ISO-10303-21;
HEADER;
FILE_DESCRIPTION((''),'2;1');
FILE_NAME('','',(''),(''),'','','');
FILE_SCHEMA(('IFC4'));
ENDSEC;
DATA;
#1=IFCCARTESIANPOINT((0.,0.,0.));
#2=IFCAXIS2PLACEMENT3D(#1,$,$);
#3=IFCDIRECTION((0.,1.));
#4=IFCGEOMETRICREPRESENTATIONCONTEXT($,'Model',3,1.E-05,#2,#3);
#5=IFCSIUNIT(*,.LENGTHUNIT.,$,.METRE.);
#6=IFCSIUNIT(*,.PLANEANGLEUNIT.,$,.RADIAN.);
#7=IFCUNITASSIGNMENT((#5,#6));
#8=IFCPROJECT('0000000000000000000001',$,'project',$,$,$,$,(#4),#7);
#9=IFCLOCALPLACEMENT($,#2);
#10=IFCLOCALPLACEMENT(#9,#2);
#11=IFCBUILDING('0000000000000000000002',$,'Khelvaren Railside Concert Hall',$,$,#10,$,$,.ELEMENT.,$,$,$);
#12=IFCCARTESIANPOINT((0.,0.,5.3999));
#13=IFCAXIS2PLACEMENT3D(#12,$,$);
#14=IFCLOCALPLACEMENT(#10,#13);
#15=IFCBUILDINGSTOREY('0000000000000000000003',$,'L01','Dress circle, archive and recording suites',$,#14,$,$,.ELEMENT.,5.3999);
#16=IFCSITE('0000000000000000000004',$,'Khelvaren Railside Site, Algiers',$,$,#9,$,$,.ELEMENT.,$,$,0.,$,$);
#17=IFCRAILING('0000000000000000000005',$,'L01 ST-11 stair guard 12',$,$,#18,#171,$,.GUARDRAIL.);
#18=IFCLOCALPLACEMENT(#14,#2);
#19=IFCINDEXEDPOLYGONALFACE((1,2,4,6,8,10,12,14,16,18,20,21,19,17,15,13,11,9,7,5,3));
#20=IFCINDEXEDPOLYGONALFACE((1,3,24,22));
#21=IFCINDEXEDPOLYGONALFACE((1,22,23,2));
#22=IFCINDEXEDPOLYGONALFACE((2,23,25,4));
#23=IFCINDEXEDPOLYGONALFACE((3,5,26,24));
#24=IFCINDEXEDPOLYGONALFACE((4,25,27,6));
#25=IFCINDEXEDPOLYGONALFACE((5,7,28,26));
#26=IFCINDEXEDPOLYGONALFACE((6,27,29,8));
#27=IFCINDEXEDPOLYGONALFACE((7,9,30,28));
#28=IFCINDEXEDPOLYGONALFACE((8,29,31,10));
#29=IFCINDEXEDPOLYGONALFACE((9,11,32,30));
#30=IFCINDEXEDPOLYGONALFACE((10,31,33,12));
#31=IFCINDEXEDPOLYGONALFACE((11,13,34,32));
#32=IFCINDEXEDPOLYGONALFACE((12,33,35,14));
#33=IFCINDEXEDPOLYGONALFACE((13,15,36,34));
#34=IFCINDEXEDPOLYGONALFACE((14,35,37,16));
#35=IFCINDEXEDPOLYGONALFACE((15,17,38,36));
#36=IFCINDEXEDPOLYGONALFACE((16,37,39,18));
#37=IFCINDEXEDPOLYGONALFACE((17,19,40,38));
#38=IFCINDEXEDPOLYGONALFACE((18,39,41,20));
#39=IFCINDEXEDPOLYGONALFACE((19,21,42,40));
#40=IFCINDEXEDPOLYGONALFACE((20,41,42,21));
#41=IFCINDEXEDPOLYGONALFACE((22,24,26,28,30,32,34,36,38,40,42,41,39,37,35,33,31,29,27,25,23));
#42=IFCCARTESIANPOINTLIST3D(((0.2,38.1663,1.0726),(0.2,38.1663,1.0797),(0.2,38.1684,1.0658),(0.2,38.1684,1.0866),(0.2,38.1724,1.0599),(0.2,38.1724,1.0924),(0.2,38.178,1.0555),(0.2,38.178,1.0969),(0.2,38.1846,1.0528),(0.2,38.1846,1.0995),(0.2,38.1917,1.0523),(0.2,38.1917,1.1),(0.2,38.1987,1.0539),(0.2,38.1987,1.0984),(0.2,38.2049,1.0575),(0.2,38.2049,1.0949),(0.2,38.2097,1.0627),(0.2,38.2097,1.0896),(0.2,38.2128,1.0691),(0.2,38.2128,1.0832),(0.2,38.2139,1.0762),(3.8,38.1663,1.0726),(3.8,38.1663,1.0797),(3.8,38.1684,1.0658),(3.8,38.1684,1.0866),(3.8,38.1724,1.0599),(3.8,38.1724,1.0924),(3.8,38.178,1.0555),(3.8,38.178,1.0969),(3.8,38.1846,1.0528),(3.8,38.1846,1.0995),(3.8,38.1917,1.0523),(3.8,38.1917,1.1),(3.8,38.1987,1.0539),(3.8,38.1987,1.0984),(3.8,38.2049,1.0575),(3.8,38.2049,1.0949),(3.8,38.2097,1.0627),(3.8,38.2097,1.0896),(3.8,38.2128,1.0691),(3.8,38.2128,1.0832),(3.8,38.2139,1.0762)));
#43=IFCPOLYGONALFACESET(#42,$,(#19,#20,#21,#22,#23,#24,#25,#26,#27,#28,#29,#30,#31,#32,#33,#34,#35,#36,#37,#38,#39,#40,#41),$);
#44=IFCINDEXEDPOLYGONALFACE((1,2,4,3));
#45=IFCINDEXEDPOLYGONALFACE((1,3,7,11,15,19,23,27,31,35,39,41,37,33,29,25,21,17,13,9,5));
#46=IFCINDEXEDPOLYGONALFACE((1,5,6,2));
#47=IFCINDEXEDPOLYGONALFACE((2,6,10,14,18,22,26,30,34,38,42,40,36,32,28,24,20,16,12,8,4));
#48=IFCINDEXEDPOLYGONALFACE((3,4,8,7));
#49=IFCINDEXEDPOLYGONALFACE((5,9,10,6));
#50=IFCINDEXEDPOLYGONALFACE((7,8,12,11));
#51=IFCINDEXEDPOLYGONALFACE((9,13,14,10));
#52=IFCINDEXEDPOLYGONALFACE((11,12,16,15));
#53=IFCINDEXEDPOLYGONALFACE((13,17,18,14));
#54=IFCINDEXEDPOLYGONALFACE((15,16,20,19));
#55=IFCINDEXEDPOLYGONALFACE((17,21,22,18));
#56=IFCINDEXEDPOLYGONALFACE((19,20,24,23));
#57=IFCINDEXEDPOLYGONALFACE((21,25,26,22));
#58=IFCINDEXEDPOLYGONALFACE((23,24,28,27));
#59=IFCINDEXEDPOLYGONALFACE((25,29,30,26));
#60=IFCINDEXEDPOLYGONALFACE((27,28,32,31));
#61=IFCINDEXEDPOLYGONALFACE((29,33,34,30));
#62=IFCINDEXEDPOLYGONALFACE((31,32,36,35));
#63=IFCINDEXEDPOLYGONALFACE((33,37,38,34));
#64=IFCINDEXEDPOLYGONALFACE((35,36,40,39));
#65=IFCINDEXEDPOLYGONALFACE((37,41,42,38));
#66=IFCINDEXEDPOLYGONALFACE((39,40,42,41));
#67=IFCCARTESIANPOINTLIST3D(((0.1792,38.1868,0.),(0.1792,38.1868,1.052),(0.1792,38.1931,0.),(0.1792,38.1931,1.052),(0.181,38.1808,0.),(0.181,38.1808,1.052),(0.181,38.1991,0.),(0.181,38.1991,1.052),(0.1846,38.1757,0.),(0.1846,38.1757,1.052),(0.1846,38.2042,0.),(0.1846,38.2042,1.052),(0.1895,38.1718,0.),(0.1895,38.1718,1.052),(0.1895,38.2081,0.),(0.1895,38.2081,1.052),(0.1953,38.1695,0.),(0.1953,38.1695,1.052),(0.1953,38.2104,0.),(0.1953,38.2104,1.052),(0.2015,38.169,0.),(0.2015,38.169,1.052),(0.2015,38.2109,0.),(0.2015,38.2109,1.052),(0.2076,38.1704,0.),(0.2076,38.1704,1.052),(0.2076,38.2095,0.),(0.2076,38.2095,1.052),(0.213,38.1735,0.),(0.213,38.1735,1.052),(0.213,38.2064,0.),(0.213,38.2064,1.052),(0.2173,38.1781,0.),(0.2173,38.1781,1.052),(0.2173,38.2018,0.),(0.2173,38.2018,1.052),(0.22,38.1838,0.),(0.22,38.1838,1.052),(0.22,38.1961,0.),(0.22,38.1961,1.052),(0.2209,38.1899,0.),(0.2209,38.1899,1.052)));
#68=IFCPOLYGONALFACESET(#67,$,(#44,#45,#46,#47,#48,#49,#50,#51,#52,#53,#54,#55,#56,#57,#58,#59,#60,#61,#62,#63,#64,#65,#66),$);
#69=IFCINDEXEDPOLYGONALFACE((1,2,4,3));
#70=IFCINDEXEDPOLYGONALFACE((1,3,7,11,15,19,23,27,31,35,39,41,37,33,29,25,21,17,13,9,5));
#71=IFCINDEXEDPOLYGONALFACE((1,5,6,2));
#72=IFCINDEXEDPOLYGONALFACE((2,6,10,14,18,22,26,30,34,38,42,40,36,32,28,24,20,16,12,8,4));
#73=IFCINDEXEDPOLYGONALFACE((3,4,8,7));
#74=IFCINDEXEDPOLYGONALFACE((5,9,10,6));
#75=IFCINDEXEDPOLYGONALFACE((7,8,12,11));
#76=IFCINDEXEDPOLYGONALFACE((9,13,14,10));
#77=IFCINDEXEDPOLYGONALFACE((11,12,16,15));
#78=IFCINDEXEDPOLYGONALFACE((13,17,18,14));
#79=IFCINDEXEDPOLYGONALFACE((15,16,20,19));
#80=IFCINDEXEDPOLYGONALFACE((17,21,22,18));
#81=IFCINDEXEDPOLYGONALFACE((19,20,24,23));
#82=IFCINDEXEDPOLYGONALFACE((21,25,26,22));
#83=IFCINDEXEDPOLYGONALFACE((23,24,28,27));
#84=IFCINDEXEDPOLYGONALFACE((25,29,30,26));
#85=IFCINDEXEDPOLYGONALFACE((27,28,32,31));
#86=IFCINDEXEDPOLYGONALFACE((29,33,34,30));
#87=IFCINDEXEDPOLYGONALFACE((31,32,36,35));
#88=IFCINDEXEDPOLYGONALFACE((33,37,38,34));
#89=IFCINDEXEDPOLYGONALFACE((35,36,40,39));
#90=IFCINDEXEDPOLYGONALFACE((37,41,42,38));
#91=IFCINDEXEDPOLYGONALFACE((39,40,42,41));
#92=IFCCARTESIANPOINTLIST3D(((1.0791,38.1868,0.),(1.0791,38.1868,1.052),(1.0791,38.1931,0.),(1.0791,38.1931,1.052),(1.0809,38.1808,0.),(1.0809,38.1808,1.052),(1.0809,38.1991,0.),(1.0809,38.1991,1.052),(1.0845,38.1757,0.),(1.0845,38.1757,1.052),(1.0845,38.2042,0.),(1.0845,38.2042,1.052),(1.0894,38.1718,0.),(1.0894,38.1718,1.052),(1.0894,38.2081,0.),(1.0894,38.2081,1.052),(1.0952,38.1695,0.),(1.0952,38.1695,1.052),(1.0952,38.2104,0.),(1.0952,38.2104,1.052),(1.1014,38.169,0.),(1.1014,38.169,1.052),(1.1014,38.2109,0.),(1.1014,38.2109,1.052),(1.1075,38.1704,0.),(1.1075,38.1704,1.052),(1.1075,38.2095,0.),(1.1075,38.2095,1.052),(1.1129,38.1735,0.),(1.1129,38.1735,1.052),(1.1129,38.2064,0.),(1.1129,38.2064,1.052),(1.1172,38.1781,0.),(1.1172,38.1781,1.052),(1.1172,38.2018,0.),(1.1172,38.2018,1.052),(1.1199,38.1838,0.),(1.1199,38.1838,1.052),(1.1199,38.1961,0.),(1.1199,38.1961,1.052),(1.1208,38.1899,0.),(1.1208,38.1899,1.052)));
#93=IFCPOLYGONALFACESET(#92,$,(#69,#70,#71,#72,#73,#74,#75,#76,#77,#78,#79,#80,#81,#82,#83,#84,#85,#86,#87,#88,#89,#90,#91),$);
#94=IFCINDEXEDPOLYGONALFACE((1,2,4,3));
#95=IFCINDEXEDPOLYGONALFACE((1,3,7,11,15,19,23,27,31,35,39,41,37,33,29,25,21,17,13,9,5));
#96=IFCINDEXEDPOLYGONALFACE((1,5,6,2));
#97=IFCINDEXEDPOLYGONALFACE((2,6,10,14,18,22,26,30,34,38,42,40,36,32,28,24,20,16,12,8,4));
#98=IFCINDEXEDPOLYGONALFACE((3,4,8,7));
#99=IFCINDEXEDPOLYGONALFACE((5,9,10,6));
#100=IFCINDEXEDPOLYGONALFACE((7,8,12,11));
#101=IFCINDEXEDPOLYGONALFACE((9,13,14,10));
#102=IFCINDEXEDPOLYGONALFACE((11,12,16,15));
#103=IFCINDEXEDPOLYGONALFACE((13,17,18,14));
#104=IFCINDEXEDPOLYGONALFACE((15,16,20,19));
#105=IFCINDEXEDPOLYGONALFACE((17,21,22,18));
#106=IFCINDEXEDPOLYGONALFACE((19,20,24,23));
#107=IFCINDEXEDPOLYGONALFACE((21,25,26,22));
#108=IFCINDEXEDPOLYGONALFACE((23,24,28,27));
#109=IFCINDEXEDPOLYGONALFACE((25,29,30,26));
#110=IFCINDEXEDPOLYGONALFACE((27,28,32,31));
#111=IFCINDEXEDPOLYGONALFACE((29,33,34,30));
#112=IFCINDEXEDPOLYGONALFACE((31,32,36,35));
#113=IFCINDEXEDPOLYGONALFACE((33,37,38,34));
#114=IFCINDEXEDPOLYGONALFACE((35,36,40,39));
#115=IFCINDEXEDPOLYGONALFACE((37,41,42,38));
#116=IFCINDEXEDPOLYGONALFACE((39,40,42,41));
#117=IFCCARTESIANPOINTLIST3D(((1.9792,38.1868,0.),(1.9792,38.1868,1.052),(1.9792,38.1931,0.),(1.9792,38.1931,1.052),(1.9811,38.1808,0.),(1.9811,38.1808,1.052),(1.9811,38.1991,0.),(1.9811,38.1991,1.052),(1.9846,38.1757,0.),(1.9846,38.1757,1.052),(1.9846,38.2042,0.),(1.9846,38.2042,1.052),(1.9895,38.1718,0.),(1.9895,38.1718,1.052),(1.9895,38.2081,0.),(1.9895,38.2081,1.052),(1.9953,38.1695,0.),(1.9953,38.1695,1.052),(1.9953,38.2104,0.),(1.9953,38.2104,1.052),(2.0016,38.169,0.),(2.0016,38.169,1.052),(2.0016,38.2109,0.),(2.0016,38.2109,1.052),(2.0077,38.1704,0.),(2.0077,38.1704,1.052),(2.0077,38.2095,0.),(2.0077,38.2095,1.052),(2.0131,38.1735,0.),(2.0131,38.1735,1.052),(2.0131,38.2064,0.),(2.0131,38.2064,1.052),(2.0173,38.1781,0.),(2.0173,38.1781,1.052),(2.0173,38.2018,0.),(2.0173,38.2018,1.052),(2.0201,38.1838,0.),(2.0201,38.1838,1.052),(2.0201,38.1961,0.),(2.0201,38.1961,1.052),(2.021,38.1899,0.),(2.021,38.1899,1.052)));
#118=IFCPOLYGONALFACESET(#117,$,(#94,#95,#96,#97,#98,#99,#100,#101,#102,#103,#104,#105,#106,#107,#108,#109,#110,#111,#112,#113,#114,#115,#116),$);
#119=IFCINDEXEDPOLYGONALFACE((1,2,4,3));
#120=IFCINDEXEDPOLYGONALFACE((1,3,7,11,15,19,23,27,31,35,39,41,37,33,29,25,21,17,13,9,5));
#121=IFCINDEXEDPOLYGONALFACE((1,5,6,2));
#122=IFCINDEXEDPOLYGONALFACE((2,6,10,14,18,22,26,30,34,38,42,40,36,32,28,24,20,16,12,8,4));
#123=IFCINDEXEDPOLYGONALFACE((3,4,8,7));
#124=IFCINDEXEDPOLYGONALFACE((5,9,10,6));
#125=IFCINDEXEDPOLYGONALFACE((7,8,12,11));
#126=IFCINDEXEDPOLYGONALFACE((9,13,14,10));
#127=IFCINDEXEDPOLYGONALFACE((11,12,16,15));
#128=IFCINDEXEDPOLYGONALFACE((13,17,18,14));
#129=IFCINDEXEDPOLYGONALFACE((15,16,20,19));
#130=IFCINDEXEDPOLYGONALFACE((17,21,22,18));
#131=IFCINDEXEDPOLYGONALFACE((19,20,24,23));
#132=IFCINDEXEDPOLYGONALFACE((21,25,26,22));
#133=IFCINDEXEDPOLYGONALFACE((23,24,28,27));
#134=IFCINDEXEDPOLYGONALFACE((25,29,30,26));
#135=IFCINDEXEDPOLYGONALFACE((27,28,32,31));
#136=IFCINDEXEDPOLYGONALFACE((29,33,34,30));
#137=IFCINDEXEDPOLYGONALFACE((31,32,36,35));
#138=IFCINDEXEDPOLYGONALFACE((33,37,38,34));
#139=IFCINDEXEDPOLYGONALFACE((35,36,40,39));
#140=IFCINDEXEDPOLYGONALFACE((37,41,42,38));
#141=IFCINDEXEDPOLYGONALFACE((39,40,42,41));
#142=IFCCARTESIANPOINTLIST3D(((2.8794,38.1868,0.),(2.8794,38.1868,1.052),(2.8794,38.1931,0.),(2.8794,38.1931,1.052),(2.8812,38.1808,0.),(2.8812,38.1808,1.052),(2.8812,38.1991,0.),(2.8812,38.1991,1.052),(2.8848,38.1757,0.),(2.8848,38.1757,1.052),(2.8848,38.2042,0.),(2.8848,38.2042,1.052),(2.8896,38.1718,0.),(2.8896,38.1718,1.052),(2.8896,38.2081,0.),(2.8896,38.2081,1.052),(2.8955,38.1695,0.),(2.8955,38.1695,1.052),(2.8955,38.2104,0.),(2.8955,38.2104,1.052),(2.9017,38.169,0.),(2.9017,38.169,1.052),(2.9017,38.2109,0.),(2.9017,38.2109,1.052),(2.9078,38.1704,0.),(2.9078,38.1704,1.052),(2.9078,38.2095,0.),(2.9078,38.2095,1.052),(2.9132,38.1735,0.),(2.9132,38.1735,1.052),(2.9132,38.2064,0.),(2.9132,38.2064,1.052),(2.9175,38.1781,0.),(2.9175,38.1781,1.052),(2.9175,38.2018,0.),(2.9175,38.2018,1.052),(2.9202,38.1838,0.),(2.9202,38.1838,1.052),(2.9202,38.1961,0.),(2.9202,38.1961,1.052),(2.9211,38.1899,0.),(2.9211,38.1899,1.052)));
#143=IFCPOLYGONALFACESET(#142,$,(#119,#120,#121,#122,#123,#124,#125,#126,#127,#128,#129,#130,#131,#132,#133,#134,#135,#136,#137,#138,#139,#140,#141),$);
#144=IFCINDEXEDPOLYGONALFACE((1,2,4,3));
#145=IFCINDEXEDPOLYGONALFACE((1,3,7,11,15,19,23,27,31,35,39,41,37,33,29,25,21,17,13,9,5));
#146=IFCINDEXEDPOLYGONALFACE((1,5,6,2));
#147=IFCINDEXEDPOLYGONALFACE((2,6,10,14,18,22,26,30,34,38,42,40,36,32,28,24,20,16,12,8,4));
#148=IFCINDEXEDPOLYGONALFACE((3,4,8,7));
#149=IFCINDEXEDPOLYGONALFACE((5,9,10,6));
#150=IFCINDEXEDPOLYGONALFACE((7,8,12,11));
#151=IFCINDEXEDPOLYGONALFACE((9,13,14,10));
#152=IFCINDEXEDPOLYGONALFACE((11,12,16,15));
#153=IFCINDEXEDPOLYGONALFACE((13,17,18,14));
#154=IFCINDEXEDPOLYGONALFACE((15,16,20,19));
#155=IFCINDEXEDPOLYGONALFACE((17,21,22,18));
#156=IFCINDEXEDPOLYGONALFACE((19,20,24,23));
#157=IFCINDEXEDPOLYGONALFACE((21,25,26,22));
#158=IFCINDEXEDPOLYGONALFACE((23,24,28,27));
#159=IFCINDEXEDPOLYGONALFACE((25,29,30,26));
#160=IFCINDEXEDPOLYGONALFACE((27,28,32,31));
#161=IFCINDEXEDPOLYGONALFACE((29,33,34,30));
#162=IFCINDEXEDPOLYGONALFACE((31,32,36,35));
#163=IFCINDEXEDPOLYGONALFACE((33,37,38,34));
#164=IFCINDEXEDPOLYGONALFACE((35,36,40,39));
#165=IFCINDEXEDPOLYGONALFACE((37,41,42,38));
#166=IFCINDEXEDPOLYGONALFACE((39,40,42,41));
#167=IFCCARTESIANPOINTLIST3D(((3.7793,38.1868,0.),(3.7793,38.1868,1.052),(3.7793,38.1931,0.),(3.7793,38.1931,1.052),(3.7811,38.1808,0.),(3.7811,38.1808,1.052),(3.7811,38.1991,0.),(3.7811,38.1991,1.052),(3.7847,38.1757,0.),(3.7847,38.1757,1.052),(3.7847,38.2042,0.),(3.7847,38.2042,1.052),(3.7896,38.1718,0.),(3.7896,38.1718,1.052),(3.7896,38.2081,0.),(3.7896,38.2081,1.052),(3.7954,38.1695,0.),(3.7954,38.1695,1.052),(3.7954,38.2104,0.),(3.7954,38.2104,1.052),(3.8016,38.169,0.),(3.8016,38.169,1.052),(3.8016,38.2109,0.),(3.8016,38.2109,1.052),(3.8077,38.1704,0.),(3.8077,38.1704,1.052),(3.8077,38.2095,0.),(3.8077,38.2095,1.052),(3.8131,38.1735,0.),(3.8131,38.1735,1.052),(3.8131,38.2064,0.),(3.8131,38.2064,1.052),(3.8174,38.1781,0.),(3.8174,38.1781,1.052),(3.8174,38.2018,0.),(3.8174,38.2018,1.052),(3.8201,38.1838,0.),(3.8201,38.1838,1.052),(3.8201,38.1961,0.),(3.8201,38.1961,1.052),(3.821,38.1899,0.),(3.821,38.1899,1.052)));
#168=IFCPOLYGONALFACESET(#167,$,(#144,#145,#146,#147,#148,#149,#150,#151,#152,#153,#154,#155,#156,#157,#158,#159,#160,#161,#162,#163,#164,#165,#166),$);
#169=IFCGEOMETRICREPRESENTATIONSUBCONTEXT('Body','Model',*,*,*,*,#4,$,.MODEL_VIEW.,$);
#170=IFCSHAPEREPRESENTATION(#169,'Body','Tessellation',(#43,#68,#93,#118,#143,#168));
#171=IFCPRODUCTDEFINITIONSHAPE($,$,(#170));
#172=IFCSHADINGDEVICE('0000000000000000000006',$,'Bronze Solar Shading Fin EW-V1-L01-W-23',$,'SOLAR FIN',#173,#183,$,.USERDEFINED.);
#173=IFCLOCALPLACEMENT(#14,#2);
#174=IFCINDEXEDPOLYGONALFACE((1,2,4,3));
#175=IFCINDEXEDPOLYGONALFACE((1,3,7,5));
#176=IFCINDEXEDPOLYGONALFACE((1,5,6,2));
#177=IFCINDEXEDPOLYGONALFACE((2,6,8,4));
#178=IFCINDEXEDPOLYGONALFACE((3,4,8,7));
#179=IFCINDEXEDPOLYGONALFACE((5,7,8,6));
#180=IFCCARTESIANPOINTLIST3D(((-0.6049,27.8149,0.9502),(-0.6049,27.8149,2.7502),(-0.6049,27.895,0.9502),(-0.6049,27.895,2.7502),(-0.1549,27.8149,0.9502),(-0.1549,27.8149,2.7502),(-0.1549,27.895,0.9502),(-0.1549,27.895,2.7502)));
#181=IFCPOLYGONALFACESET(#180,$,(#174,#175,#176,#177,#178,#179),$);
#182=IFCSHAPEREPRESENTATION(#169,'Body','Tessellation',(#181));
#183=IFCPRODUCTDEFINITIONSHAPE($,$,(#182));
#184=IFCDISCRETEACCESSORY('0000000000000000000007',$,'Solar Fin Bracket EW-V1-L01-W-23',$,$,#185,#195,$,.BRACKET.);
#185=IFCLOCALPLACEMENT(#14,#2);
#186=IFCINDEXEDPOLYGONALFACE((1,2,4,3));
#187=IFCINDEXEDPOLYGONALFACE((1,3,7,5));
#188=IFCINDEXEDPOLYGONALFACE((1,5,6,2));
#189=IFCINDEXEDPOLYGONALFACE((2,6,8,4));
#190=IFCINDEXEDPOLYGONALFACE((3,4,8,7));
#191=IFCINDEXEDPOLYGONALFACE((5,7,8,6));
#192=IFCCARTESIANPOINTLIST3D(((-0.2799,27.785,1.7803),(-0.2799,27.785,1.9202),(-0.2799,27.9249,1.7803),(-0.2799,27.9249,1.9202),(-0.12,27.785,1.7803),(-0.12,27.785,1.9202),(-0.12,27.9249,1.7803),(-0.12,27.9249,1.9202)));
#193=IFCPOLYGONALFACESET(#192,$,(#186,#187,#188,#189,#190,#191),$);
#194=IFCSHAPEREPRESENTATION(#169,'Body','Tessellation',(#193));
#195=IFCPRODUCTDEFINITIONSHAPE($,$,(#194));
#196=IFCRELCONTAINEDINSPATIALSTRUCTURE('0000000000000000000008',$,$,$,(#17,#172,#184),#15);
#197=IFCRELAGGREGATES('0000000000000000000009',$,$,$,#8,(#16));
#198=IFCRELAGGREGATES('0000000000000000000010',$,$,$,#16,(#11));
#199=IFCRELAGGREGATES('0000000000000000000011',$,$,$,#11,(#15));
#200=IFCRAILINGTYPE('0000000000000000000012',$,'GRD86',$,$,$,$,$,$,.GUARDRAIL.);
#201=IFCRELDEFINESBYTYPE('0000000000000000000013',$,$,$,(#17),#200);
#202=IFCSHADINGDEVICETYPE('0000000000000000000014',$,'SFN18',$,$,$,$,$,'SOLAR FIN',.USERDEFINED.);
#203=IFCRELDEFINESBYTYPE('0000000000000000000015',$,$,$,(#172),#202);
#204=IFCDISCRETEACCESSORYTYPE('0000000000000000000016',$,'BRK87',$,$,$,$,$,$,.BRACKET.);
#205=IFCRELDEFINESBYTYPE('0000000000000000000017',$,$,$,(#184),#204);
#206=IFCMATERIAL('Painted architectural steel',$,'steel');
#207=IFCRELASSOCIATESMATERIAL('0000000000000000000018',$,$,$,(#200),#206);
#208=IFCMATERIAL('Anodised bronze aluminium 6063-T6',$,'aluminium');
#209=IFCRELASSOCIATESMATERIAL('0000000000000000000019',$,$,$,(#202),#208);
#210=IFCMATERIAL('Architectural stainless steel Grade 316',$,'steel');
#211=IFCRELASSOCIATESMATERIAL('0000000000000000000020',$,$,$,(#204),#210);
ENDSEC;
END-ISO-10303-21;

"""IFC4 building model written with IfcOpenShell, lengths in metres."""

from ifc_helpers import new_model, si_unit, direction, frame, origin, origin_2d, place, context, subcontext, project, spatial, rectangle, circle, extrude, material, type_object, element, save


model = new_model("IFC4")

# Units and contexts
model_context = context("Model", 3, precision=1e-05, world=origin(), true_north=direction((0.0, 1.0)))
body_context = subcontext(model_context, "Body", "Model", "MODEL_VIEW")
ifc_project = project(units=[si_unit("LENGTHUNIT", "METRE"), si_unit("PLANEANGLEUNIT", "RADIAN")], contexts=[model_context])

# Site, building, storey
site_placement = place(None, origin())
site = spatial("IfcSite", under=ifc_project, at=site_placement, Name="Khelvaren Railside Site, Algiers", CompositionType="ELEMENT", RefElevation=0.0)
building_placement = place(site_placement, origin())
building = spatial("IfcBuilding", under=site, at=building_placement, Name="Khelvaren Railside Concert Hall", CompositionType="ELEMENT")
storey_placement = place(building_placement, frame((0.0, 0.0, 5.3999)))
storey = spatial("IfcBuildingStorey", under=building, at=storey_placement, Name="L01", Description="Dress circle, archive and recording suites", CompositionType="ELEMENT", Elevation=5.3999)

# Railing
ifc_material_1 = material(Name="Painted architectural steel", Category="steel")
railing_type = type_object("IfcRailingType", Name="GRD86", PredefinedType="GUARDRAIL", material=ifc_material_1)
railing_placement = place(storey_placement, frame((0.2, 38.1899, 0.0)))
element("IfcRailing", 1, at=railing_placement, inside=storey, type_object=railing_type, Name="L01 ST-11 stair guard 12", PredefinedType="GUARDRAIL", context=body_context, shape_type="SweptSolid", body=[
    extrude(circle(Radius=0.0239, at=origin_2d()), frame((0.0, 0.0, 1.0762), z_axis=(1.0, 0.0, 0.0), x_axis=(0.0, 1.0, 0.0)), (0.0, 0.0, 1.0), 3.6001),
    extrude(circle(Radius=0.021, at=origin_2d()), origin(), (0.0, 0.0, 1.0), 1.052),
    extrude(circle(Radius=0.021, at=origin_2d()), frame((0.8999, 0.0, 0.0)), (0.0, 0.0, 1.0), 1.052),
    extrude(circle(Radius=0.021, at=origin_2d()), frame((1.8, 0.0, 0.0)), (0.0, 0.0, 1.0), 1.052),
    extrude(circle(Radius=0.021, at=origin_2d()), frame((2.7002, 0.0, 0.0)), (0.0, 0.0, 1.0), 1.052),
    extrude(circle(Radius=0.021, at=origin_2d()), frame((3.6001, 0.0, 0.0)), (0.0, 0.0, 1.0), 1.052),
])

# Shading device
ifc_material_2 = material(Name="Anodised bronze aluminium 6063-T6", Category="aluminium")
shading_device_type = type_object("IfcShadingDeviceType", Name="SFN18", ElementType="SOLAR FIN", PredefinedType="USERDEFINED", material=ifc_material_2)
shading_device_placement = place(storey_placement, frame((-0.3799, 27.855, 0.9502), z_axis=(0.0, 0.0, 1.0), x_axis=(0.0, 1.0, 0.0)))
element("IfcShadingDevice", 2, at=shading_device_placement, inside=storey, type_object=shading_device_type, Name="Bronze Solar Shading Fin EW-V1-L01-W-23", ObjectType="SOLAR FIN", PredefinedType="USERDEFINED", context=body_context, shape_type="SweptSolid", body=[
    extrude(rectangle(XDim=0.0801, YDim=0.45, at=origin_2d()), origin(), (0.0, 0.0, 1.0), 1.8),
])

# Discrete accessory
ifc_material_3 = material(Name="Architectural stainless steel Grade 316", Category="steel")
discrete_accessory_type = type_object("IfcDiscreteAccessoryType", Name="BRK87", PredefinedType="BRACKET", material=ifc_material_3)
discrete_accessory_placement = place(storey_placement, frame((-0.2, 27.855, 1.7803), z_axis=(0.0, 0.0, 1.0), x_axis=(0.0, 1.0, 0.0)))
element("IfcDiscreteAccessory", 3, at=discrete_accessory_placement, inside=storey, type_object=discrete_accessory_type, Name="Solar Fin Bracket EW-V1-L01-W-23", PredefinedType="BRACKET", context=body_context, shape_type="SweptSolid", body=[
    extrude(rectangle(XDim=0.1399, YDim=0.1599, at=origin_2d()), origin(), (0.0, 0.0, 1.0), 0.1399),
])

save(model, "model.ifc")
